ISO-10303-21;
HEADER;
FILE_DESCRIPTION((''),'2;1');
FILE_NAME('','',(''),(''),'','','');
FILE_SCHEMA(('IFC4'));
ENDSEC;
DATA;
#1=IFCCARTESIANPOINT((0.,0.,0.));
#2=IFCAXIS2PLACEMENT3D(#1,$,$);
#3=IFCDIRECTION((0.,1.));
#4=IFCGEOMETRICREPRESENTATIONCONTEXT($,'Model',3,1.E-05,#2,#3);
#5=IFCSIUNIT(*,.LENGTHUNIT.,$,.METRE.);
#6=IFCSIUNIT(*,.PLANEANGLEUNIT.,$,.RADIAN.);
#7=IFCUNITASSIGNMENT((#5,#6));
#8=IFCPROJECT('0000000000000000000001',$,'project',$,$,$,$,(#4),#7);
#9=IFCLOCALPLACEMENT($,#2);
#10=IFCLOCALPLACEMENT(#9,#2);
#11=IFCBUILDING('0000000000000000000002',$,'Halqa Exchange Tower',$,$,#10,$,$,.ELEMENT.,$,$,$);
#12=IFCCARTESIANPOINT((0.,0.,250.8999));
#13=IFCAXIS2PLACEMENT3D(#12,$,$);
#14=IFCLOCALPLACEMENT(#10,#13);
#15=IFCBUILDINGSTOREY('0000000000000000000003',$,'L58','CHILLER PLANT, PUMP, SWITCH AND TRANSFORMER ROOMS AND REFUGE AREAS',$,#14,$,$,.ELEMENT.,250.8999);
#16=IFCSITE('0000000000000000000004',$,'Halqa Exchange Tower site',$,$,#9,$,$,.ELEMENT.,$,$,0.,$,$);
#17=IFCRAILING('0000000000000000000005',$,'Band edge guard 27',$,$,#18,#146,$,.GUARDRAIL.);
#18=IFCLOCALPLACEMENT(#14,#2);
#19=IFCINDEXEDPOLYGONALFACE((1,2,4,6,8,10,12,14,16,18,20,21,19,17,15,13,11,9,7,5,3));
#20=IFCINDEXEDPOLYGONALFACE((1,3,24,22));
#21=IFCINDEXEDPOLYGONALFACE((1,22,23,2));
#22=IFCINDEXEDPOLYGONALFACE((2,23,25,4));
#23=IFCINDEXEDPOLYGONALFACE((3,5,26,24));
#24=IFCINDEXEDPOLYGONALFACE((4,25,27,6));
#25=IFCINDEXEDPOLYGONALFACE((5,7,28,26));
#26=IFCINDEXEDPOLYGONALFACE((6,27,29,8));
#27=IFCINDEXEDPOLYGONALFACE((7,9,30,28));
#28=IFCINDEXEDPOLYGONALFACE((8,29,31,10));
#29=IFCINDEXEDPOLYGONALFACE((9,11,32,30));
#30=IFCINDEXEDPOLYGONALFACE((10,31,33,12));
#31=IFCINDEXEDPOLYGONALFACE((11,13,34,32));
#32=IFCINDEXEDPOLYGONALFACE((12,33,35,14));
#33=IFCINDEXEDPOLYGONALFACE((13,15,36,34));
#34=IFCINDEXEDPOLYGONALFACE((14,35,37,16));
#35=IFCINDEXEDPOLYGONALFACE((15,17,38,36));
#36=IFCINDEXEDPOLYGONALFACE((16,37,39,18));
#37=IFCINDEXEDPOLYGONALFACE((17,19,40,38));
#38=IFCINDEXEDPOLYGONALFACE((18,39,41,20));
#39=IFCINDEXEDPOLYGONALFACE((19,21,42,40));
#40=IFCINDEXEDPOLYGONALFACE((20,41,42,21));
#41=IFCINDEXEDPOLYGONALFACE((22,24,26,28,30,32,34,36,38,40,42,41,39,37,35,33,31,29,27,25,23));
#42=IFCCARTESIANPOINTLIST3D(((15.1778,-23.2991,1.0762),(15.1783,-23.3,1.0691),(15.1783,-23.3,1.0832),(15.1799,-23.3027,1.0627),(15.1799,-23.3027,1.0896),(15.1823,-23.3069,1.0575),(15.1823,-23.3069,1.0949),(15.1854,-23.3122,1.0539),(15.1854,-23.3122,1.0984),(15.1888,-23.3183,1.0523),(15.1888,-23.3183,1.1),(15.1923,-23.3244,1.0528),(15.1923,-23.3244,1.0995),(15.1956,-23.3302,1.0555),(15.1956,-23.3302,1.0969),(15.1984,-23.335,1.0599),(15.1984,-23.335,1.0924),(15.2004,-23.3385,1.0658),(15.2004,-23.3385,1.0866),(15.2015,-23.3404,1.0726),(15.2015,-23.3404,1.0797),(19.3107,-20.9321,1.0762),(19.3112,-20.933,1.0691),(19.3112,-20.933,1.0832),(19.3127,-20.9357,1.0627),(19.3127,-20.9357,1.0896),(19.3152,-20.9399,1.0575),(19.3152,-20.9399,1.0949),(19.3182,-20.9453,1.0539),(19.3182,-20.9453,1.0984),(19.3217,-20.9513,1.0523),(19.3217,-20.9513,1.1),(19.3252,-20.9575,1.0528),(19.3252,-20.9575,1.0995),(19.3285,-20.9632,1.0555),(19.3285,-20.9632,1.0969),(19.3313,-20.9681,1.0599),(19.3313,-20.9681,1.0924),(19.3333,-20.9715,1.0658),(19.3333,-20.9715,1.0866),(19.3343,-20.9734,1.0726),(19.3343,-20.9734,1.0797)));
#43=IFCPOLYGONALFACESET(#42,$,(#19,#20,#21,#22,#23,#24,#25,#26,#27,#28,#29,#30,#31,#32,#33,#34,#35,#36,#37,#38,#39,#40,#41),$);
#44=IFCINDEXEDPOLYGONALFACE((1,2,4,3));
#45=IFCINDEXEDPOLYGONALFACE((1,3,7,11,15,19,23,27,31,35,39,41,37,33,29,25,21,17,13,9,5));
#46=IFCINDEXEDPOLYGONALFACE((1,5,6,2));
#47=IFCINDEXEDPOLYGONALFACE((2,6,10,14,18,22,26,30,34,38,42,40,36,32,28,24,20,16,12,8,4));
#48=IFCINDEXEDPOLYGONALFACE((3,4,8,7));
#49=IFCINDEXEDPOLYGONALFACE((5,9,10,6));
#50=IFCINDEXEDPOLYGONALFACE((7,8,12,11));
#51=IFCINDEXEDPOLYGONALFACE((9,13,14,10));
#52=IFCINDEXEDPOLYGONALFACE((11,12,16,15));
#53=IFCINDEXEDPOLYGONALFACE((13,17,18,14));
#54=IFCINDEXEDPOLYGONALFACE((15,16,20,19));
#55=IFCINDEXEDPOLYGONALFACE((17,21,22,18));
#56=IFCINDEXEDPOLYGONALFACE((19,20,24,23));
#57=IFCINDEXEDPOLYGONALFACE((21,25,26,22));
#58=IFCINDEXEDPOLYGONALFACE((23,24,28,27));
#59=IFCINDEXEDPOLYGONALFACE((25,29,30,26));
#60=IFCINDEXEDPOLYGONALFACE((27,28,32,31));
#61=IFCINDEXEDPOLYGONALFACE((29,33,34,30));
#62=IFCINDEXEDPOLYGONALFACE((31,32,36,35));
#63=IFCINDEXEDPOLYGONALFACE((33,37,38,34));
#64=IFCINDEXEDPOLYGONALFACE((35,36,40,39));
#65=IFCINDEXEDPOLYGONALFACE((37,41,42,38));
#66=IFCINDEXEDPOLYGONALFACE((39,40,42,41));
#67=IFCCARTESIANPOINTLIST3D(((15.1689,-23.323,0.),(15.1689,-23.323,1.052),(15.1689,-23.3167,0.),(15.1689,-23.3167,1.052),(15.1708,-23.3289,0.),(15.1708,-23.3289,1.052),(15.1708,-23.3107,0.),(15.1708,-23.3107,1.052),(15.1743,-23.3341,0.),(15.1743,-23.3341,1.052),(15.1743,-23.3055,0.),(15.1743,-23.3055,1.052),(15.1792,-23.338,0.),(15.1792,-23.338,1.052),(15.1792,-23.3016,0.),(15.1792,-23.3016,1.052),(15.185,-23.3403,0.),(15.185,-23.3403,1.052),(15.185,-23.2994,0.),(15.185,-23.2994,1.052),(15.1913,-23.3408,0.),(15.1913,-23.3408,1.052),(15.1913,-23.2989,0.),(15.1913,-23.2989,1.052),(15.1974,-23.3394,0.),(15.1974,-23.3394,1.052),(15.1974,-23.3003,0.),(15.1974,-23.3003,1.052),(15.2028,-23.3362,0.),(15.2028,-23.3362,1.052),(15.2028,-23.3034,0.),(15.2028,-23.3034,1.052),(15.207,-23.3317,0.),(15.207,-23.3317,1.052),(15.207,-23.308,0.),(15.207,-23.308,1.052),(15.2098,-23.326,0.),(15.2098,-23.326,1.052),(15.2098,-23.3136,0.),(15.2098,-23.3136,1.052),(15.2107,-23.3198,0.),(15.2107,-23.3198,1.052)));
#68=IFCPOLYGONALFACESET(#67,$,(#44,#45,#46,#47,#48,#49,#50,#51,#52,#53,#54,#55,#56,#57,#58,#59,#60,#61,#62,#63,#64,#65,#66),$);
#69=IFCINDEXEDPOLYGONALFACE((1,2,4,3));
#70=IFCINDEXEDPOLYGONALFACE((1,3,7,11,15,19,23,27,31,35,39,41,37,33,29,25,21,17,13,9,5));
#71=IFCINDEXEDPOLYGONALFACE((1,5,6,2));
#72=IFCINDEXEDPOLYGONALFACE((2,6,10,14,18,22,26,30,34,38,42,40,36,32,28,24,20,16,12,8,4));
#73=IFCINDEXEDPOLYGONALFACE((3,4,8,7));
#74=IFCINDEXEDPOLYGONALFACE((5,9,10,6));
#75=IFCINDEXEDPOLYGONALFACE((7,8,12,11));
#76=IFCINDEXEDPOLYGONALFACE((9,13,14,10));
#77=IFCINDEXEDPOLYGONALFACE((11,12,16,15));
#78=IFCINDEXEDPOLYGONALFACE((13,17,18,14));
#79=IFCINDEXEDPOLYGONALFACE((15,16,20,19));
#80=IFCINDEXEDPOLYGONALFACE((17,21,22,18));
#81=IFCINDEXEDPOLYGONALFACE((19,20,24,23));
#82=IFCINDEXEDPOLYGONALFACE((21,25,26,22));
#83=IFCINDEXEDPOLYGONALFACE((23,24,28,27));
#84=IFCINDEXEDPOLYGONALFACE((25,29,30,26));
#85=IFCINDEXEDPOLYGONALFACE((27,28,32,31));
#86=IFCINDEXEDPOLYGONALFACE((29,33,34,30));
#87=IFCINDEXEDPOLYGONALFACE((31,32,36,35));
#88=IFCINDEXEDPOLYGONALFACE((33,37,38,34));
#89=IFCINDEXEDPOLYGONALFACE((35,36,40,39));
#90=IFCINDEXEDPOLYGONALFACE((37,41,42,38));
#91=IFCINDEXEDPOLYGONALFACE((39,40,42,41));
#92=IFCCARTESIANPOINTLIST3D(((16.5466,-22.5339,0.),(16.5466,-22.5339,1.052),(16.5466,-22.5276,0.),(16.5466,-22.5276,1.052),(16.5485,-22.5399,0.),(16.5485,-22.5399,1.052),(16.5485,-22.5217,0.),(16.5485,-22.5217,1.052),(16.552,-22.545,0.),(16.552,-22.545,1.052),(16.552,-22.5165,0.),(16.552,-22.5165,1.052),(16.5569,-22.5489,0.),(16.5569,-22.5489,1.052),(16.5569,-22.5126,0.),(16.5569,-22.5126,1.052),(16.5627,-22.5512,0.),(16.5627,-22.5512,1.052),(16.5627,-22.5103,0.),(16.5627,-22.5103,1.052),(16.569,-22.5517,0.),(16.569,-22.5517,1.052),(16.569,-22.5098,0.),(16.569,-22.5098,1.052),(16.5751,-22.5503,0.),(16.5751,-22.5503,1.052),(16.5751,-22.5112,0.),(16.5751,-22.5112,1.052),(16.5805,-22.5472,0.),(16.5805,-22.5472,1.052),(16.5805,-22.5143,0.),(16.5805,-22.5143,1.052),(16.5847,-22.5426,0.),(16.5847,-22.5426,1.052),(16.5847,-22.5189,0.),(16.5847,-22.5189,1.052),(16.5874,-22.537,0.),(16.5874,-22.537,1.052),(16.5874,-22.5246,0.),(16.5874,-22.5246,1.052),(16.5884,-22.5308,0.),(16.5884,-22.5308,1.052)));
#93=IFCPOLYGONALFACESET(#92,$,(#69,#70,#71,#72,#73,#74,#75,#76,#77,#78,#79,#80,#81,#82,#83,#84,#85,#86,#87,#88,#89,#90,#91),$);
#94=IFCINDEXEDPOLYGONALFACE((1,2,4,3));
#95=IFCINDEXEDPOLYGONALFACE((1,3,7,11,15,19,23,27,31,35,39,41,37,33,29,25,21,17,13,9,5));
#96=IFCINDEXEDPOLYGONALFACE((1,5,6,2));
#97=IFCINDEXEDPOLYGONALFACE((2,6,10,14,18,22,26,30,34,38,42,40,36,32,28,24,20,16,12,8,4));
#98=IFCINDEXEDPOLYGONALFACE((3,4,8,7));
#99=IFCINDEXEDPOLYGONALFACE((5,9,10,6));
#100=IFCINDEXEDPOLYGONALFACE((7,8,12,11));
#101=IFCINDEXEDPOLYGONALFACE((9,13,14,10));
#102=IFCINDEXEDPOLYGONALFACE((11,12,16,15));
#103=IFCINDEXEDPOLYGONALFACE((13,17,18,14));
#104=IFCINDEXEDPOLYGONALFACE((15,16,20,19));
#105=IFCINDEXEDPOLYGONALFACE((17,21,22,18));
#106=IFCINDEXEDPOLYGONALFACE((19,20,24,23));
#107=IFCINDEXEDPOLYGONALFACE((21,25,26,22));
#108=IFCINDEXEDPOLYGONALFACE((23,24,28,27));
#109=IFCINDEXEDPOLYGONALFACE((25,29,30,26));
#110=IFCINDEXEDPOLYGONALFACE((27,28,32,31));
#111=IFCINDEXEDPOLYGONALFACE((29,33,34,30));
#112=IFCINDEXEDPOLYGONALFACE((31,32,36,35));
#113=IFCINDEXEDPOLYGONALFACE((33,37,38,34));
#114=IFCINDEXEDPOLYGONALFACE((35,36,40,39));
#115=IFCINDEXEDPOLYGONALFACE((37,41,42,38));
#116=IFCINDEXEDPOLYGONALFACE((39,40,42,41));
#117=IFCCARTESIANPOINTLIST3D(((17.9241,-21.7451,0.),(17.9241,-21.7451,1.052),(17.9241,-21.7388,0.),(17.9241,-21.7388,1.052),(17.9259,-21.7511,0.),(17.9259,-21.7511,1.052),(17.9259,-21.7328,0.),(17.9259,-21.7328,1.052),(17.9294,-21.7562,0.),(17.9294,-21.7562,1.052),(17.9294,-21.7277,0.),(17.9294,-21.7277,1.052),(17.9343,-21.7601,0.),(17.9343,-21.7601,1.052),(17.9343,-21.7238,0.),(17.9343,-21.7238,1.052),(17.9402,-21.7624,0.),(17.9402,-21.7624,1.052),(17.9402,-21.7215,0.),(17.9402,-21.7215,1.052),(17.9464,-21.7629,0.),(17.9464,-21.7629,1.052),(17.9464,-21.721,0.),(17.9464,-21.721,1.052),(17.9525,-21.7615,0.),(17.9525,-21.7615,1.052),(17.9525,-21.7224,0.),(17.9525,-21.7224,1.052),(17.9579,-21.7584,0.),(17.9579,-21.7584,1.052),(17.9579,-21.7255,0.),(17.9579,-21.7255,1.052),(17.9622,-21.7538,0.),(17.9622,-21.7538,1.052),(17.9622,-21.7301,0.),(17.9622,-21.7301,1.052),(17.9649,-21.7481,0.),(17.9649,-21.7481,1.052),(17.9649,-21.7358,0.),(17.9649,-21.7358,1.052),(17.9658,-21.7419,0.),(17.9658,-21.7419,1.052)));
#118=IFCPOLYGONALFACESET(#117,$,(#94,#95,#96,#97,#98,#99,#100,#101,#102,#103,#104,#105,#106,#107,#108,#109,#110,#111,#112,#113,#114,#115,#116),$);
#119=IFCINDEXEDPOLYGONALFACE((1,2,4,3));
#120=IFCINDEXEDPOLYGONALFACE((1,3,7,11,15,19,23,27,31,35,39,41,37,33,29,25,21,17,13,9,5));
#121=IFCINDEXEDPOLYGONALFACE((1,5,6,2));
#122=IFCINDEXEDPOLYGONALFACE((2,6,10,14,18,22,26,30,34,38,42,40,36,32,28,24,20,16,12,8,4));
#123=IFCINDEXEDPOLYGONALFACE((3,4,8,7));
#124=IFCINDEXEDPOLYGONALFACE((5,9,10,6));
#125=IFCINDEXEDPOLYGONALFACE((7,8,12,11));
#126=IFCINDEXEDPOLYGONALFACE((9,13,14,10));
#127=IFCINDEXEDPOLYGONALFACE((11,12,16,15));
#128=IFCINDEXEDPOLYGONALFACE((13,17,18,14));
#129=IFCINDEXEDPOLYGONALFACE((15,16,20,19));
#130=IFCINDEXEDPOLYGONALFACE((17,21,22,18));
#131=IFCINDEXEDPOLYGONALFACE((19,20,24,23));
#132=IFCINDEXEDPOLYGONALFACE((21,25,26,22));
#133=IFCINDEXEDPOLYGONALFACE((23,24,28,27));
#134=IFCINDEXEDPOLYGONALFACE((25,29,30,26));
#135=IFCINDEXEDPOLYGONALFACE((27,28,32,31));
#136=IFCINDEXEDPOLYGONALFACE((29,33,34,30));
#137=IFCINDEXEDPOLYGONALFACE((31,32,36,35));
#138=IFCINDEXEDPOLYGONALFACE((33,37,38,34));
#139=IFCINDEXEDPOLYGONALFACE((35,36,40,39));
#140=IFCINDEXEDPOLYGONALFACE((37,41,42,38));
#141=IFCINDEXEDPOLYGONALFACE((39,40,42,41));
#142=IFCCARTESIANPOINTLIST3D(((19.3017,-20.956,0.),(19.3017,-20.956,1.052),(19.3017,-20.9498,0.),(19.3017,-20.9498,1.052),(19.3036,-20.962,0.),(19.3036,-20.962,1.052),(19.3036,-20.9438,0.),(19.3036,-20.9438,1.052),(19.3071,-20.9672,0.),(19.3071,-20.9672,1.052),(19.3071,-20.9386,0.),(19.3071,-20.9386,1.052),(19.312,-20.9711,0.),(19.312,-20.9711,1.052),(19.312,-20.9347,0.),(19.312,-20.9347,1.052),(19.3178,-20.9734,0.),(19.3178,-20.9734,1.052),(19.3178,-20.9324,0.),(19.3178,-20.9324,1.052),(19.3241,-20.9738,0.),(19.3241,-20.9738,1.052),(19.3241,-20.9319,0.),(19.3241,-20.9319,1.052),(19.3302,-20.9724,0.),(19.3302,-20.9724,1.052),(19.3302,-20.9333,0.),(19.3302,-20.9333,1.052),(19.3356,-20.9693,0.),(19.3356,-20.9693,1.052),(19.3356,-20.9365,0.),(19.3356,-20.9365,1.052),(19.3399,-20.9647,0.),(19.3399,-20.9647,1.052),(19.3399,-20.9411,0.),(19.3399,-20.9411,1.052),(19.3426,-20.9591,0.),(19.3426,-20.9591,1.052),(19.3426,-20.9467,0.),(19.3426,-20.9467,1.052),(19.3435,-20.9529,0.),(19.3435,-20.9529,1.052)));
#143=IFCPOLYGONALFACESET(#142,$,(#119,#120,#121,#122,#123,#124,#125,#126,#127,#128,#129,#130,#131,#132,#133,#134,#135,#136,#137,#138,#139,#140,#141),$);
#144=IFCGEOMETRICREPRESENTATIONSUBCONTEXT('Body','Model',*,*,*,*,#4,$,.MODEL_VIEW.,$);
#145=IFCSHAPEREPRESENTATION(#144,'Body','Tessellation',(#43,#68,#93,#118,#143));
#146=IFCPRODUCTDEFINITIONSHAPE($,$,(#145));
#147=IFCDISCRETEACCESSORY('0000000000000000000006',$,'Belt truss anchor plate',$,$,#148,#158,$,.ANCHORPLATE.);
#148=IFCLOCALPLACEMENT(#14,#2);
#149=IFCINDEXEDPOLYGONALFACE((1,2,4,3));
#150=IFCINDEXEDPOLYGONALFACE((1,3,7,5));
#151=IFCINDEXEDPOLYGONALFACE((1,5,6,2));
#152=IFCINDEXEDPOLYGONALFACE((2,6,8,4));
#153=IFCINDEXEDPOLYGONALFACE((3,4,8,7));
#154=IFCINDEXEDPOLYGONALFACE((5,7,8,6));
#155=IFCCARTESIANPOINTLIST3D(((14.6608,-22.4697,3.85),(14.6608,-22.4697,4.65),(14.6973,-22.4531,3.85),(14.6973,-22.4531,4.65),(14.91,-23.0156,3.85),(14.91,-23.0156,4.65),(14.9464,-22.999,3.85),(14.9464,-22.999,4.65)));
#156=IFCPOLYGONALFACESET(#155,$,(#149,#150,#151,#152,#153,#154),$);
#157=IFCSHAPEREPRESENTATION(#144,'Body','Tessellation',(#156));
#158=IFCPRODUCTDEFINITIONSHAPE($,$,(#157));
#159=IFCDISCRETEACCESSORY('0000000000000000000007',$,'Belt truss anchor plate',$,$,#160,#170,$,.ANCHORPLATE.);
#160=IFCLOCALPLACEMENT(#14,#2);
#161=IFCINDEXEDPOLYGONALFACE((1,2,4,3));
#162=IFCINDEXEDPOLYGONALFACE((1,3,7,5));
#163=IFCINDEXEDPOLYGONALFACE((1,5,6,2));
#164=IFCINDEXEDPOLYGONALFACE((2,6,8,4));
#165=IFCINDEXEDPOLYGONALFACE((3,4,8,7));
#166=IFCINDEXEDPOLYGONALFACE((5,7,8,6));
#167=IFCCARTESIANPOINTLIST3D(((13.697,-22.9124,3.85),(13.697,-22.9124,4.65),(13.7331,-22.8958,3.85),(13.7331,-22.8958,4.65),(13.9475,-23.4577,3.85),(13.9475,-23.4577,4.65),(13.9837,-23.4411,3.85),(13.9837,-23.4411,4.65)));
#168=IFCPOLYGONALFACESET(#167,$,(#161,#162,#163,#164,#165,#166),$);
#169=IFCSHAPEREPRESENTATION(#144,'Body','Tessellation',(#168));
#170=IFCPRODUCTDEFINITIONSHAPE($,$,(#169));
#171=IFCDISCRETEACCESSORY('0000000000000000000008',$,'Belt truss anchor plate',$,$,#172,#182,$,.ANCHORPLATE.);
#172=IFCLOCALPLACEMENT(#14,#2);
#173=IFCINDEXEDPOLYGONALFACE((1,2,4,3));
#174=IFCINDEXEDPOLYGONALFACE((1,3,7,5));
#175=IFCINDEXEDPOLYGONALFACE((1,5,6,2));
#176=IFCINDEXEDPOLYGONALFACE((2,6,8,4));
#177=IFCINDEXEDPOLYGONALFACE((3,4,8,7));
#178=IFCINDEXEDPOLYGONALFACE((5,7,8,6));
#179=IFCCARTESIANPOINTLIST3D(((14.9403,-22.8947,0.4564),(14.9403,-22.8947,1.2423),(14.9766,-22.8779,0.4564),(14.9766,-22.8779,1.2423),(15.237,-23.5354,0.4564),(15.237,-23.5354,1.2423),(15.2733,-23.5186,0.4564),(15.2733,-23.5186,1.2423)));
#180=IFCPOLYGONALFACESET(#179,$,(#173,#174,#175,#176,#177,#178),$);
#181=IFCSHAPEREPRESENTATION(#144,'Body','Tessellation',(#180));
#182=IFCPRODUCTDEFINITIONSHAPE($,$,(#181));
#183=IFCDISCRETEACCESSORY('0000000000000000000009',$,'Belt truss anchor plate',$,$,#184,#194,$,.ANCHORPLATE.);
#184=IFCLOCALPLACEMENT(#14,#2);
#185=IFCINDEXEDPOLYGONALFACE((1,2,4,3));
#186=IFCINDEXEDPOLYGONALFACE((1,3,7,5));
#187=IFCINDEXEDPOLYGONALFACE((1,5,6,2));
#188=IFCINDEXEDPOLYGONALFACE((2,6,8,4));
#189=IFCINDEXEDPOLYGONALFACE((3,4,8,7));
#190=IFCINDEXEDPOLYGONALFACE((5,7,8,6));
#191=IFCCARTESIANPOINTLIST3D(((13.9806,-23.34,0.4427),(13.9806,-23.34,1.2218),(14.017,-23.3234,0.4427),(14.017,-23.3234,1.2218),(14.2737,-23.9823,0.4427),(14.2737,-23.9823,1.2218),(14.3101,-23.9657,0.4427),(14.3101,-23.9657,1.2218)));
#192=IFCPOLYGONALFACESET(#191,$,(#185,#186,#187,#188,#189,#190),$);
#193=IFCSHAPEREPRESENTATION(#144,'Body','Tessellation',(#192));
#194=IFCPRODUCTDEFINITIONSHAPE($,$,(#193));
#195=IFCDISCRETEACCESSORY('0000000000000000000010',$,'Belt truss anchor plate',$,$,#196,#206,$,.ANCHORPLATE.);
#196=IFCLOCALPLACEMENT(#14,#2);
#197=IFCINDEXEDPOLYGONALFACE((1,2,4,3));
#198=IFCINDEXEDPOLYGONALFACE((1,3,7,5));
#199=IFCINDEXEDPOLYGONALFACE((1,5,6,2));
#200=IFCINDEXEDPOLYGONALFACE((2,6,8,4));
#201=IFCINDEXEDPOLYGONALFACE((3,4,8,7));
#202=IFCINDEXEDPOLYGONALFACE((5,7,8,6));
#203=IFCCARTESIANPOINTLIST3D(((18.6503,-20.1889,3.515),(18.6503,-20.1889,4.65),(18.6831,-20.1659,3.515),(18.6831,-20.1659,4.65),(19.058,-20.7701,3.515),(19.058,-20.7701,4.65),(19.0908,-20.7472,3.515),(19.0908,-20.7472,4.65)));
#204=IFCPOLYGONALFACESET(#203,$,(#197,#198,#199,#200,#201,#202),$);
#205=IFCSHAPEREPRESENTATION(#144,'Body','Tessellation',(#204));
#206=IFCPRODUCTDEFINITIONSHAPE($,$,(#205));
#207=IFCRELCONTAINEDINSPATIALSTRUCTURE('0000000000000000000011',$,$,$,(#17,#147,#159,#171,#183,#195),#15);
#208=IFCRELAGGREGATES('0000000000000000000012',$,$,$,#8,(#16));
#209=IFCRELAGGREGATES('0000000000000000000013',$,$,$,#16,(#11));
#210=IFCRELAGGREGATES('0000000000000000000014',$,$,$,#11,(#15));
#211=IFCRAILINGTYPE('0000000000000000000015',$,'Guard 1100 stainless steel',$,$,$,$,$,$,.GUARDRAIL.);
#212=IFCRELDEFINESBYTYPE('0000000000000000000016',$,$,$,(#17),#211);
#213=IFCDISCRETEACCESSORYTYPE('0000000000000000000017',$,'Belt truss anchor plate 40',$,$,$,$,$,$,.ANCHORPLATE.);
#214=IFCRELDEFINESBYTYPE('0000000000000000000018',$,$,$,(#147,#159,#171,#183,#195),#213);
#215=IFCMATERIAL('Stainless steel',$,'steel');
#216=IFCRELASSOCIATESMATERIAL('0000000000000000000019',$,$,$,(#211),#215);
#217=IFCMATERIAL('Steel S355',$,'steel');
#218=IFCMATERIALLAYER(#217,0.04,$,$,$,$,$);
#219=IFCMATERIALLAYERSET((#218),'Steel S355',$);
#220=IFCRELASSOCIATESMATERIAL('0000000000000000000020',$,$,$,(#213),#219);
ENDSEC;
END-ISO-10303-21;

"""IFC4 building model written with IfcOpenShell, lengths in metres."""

from ifc_helpers import new_model, si_unit, direction, frame, origin, origin_2d, place, context, subcontext, project, spatial, rectangle, circle, extrude, material, layer, layer_set, type_object, element, save


model = new_model("IFC4")

# Units and contexts
model_context = context("Model", 3, precision=1e-05, world=origin(), true_north=direction((0.0, 1.0)))
body_context = subcontext(model_context, "Body", "Model", "MODEL_VIEW")
ifc_project = project(units=[si_unit("LENGTHUNIT", "METRE"), si_unit("PLANEANGLEUNIT", "RADIAN")], contexts=[model_context])

# Site, building, storey
site_placement = place(None, origin())
site = spatial("IfcSite", under=ifc_project, at=site_placement, Name="Halqa Exchange Tower site", CompositionType="ELEMENT", RefElevation=0.0)
building_placement = place(site_placement, origin())
building = spatial("IfcBuilding", under=site, at=building_placement, Name="Halqa Exchange Tower", CompositionType="ELEMENT")
storey_placement = place(building_placement, frame((0.0, 0.0, 250.8999)))
storey = spatial("IfcBuildingStorey", under=building, at=storey_placement, Name="L58", Description="CHILLER PLANT, PUMP, SWITCH AND TRANSFORMER ROOMS AND REFUGE AREAS", CompositionType="ELEMENT", Elevation=250.8999)

# Shared definitions
ifc_material_1 = material(Name="Steel S355", Category="steel")

# Railing
ifc_material_2 = material(Name="Stainless steel", Category="steel")
railing_type = type_object("IfcRailingType", Name="Guard 1100 stainless steel", PredefinedType="GUARDRAIL", material=ifc_material_2)
railing_placement = place(storey_placement, frame((15.1897, -23.3198, 0.0)))
element("IfcRailing", 1, at=railing_placement, inside=storey, type_object=railing_type, Name="Band edge guard 27", PredefinedType="GUARDRAIL", context=body_context, shape_type="SweptSolid", body=[
    extrude(circle(Radius=0.0239, at=origin_2d()), frame((0.0, 0.0, 1.0762), z_axis=(0.86776, 0.496983, 0.0), x_axis=(-0.496983, 0.86776, 0.0)), (0.0, 0.0, 1.0), 4.7627),
    extrude(circle(Radius=0.021, at=origin_2d()), origin(), (0.0, 0.0, 1.0), 1.052),
    extrude(circle(Radius=0.021, at=origin_2d()), frame((1.3777, 0.7891, 0.0)), (0.0, 0.0, 1.0), 1.052),
    extrude(circle(Radius=0.021, at=origin_2d()), frame((2.7551, 1.5779, 0.0)), (0.0, 0.0, 1.0), 1.052),
    extrude(circle(Radius=0.021, at=origin_2d()), frame((4.1328, 2.3669, 0.0)), (0.0, 0.0, 1.0), 1.052),
])

# Discrete accessories
ifc_layer_1 = layer(ifc_material_1, 0.04)
ifc_layer_set_1 = layer_set([ifc_layer_1], Name="Steel S355")
discrete_accessory_type = type_object("IfcDiscreteAccessoryType", Name="Belt truss anchor plate 40", PredefinedType="ANCHORPLATE", material=ifc_layer_set_1)
discrete_accessory_1_placement = place(storey_placement, frame((14.7854, -22.7427, 4.25), z_axis=(0.909738, 0.415183, 0.0), x_axis=(-0.415183, 0.909738, 0.0)))
element("IfcDiscreteAccessory", 2, at=discrete_accessory_1_placement, inside=storey, type_object=discrete_accessory_type, Name="Belt truss anchor plate", PredefinedType="ANCHORPLATE", context=body_context, shape_type="SweptSolid", body=[
    extrude(rectangle(XDim=0.6001, YDim=0.8, at=origin_2d()), origin(), (0.0, 0.0, 1.0), 0.04),
])
discrete_accessory_2_placement = place(storey_placement, frame((13.8584, -23.1685, 4.25), z_axis=(-0.908677, -0.4175, 0.0), x_axis=(0.4175, -0.908677, 0.0)))
element("IfcDiscreteAccessory", 3, at=discrete_accessory_2_placement, inside=storey, type_object=discrete_accessory_type, Name="Belt truss anchor plate", PredefinedType="ANCHORPLATE", context=body_context, shape_type="SweptSolid", body=[
    extrude(rectangle(XDim=0.6001, YDim=0.8, at=origin_2d()), origin(), (0.0, 0.0, 1.0), 0.0398),
])
discrete_accessory_3_placement = place(storey_placement, frame((15.0886, -23.2151, 0.8494), z_axis=(0.907424, 0.420216, 0.0), x_axis=(-0.420216, 0.907424, 0.0)))
element("IfcDiscreteAccessory", 4, at=discrete_accessory_3_placement, inside=storey, type_object=discrete_accessory_type, Name="Belt truss anchor plate", PredefinedType="ANCHORPLATE", context=body_context, shape_type="SweptSolid", body=[
    extrude(rectangle(XDim=0.7061, YDim=0.7859, at=origin_2d()), origin(), (0.0, 0.0, 1.0), 0.04),
])
discrete_accessory_4_placement = place(storey_placement, frame((14.1636, -23.6445, 0.8323), z_axis=(-0.909738, -0.415183, 0.0), x_axis=(0.415183, -0.909738, 0.0)))
element("IfcDiscreteAccessory", 5, at=discrete_accessory_4_placement, inside=storey, type_object=discrete_accessory_type, Name="Belt truss anchor plate", PredefinedType="ANCHORPLATE", context=body_context, shape_type="SweptSolid", body=[
    extrude(rectangle(XDim=0.7061, YDim=0.7791, at=origin_2d()), origin(), (0.0, 0.0, 1.0), 0.04),
])
discrete_accessory_5_placement = place(storey_placement, frame((18.887, -20.4565, 4.0825), z_axis=(-0.818657, -0.574282, 0.0), x_axis=(0.574282, -0.818657, 0.0)))
element("IfcDiscreteAccessory", 6, at=discrete_accessory_5_placement, inside=storey, type_object=discrete_accessory_type, Name="Belt truss anchor plate", PredefinedType="ANCHORPLATE", context=body_context, shape_type="SweptSolid", body=[
    extrude(rectangle(XDim=0.71, YDim=1.135, at=origin_2d()), origin(), (0.0, 0.0, 1.0), 0.04),
])

save(model, "model.ifc")
